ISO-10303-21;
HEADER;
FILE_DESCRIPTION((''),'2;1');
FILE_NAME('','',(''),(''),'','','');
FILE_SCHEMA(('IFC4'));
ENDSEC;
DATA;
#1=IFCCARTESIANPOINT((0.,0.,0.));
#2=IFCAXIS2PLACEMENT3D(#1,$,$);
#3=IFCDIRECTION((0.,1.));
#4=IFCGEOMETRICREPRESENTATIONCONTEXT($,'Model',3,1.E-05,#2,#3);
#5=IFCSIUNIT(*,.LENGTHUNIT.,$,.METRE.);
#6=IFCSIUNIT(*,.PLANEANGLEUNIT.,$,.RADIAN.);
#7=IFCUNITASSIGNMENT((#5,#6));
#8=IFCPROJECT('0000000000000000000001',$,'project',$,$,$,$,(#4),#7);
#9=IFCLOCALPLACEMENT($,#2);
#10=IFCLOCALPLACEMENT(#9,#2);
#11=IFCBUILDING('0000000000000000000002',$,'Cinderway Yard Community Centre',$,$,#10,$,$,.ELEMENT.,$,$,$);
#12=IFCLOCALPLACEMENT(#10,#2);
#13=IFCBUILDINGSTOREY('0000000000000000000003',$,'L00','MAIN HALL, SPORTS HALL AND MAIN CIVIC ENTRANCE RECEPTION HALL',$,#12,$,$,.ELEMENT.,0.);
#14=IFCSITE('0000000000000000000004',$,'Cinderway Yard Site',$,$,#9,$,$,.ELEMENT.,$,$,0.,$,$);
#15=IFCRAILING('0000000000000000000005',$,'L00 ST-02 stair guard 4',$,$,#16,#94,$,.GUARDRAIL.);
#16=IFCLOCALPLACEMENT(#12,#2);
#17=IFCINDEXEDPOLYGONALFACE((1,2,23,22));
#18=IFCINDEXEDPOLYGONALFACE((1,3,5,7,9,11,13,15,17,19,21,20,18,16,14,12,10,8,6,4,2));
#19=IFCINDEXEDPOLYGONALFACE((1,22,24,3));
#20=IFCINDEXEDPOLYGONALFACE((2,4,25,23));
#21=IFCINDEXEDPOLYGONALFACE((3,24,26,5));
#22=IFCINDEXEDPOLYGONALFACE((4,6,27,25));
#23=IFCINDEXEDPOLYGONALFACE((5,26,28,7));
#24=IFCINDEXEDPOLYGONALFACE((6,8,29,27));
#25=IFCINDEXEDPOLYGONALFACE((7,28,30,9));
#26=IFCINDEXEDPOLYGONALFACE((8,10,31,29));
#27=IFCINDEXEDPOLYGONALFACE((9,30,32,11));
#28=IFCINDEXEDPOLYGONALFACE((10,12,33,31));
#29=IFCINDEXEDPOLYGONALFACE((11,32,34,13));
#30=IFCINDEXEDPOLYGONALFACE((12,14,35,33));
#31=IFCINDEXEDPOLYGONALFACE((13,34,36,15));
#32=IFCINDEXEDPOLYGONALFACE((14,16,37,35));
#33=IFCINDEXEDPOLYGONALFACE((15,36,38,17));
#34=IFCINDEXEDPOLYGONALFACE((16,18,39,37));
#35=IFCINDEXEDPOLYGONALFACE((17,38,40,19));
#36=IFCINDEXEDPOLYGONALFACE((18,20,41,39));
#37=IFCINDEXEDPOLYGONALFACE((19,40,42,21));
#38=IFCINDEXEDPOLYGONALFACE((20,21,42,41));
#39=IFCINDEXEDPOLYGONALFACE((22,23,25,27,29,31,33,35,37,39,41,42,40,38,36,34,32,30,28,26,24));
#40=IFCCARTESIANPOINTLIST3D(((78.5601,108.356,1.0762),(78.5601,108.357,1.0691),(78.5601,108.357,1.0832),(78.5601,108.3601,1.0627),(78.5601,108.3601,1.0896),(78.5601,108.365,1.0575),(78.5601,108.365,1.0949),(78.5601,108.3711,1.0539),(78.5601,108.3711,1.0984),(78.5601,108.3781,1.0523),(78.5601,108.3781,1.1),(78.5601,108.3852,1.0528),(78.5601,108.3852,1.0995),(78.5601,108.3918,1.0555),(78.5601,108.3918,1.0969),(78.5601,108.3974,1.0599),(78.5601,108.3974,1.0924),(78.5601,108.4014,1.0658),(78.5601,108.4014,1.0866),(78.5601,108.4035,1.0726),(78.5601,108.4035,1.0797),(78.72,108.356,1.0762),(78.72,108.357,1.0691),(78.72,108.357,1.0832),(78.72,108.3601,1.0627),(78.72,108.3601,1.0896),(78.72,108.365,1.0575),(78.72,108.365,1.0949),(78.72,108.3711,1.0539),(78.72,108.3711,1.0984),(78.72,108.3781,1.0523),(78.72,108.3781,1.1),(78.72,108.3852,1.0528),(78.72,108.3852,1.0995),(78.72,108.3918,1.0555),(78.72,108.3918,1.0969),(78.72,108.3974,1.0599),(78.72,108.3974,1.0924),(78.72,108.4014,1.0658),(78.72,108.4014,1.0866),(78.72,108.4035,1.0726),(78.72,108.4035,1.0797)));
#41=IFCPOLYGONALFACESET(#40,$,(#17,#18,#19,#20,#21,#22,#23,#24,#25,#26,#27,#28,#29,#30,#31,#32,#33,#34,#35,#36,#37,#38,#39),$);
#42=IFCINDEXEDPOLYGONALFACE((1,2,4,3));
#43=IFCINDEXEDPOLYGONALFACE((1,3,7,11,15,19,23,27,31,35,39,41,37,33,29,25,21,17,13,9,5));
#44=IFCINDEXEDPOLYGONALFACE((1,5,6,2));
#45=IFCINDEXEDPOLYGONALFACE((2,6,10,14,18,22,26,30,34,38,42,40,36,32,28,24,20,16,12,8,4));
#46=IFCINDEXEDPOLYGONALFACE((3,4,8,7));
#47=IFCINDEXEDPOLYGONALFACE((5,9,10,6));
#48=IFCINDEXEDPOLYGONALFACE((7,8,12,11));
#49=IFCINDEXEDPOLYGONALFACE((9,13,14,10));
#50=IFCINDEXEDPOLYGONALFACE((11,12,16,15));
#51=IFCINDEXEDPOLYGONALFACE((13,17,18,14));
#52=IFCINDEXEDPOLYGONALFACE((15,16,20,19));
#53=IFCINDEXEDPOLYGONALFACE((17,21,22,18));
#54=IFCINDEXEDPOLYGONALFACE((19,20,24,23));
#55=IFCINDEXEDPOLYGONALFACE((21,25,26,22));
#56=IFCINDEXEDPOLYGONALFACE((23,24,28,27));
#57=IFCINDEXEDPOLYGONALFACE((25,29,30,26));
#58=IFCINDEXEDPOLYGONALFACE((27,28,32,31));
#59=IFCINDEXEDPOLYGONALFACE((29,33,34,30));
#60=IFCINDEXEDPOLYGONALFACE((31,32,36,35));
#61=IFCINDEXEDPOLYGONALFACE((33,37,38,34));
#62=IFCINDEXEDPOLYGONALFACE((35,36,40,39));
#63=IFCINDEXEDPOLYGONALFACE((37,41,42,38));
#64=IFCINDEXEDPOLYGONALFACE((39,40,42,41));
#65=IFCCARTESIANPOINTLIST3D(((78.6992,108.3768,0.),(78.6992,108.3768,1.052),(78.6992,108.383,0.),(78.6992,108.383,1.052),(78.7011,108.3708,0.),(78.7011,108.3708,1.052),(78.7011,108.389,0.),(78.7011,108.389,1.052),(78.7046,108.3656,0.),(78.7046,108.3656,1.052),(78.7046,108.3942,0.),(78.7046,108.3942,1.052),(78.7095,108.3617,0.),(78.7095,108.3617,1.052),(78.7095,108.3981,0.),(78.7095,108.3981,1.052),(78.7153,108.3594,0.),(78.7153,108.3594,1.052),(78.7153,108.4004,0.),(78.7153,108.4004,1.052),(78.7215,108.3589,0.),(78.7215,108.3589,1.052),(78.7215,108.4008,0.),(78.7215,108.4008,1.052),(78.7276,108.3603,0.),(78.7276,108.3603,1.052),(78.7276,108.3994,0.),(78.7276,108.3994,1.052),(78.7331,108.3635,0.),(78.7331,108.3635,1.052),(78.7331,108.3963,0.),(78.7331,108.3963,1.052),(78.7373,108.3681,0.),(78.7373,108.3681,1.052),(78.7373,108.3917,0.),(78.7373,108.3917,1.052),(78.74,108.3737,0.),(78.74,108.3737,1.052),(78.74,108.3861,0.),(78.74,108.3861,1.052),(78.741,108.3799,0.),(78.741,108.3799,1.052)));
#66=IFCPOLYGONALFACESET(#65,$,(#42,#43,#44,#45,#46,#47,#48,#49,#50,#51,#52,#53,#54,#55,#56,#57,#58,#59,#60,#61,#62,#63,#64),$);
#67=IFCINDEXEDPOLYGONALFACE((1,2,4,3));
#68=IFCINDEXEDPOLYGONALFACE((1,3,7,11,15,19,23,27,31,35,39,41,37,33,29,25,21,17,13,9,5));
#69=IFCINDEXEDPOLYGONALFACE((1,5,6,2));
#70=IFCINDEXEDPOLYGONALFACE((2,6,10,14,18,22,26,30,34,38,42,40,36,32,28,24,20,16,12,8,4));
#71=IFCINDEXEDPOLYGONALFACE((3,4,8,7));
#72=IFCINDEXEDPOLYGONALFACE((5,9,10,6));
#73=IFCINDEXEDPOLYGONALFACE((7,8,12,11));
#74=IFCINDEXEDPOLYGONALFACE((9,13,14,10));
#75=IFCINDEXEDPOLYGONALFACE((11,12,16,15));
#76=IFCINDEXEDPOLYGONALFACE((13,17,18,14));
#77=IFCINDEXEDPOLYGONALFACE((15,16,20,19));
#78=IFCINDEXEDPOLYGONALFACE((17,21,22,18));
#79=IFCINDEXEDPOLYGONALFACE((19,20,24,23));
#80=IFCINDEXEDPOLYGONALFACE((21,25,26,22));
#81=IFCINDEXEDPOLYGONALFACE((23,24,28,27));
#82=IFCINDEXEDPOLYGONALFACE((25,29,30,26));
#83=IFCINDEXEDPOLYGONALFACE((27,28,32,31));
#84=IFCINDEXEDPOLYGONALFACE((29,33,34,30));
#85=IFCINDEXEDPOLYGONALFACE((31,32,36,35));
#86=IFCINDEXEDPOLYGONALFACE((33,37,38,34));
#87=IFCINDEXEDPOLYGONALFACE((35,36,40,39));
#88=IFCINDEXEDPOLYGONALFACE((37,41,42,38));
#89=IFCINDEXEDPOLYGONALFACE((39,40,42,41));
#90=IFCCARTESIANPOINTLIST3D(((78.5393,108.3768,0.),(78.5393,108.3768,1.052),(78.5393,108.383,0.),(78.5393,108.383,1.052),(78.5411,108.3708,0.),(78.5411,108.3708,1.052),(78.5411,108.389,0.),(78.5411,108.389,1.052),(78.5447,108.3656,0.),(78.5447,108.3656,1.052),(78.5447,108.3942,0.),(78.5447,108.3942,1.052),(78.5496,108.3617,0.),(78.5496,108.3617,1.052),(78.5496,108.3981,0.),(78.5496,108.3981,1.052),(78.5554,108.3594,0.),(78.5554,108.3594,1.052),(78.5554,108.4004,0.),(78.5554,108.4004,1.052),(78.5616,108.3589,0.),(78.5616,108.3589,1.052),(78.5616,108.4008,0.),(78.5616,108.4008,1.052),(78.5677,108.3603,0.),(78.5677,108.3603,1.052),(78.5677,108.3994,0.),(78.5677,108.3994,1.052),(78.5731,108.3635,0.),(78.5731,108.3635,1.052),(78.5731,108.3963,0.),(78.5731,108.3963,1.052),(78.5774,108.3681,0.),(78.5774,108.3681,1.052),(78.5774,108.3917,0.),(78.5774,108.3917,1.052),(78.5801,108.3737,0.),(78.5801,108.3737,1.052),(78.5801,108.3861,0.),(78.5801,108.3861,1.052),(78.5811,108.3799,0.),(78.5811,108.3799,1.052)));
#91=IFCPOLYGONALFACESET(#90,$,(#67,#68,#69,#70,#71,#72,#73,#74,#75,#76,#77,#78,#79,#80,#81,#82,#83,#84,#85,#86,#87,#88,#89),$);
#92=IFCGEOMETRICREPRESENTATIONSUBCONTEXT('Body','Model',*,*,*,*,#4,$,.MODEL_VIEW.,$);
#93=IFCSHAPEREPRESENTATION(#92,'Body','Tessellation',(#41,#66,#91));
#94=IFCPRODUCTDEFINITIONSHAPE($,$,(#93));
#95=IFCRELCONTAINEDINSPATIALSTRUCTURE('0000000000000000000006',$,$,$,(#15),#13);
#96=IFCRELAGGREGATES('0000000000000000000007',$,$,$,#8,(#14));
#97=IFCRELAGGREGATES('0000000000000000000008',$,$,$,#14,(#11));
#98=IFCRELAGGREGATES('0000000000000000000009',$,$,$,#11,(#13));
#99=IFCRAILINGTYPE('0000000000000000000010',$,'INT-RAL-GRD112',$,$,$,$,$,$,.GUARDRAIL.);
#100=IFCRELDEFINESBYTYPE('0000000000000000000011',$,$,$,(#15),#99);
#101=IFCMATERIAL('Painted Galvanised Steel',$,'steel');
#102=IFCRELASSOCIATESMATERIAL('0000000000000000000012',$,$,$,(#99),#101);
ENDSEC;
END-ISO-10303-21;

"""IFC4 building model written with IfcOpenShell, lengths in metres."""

from ifc_helpers import new_model, si_unit, direction, frame, origin, origin_2d, place, context, subcontext, project, spatial, circle, extrude, material, type_object, element, save


model = new_model("IFC4")

# Units and contexts
model_context = context("Model", 3, precision=1e-05, world=origin(), true_north=direction((0.0, 1.0)))
body_context = subcontext(model_context, "Body", "Model", "MODEL_VIEW")
ifc_project = project(units=[si_unit("LENGTHUNIT", "METRE"), si_unit("PLANEANGLEUNIT", "RADIAN")], contexts=[model_context])

# Site, building, storey
site_placement = place(None, origin())
site = spatial("IfcSite", under=ifc_project, at=site_placement, Name="Cinderway Yard Site", CompositionType="ELEMENT", RefElevation=0.0)
building_placement = place(site_placement, origin())
building = spatial("IfcBuilding", under=site, at=building_placement, Name="Cinderway Yard Community Centre", CompositionType="ELEMENT")
storey_placement = place(building_placement, origin())
storey = spatial("IfcBuildingStorey", under=building, at=storey_placement, Name="L00", Description="MAIN HALL, SPORTS HALL AND MAIN CIVIC ENTRANCE RECEPTION HALL", CompositionType="ELEMENT", Elevation=0.0)

# Railing
ifc_material_1 = material(Name="Painted Galvanised Steel", Category="steel")
railing_type_1 = type_object("IfcRailingType", Name="INT-RAL-GRD112", PredefinedType="GUARDRAIL", material=ifc_material_1)
railing_1_placement = place(storey_placement, frame((78.72, 108.3799, 0.0)))
element("IfcRailing", 1, at=railing_1_placement, inside=storey, type_object=railing_type_1, Name="L00 ST-02 stair guard 4", PredefinedType="GUARDRAIL", context=body_context, shape_type="SweptSolid", body=[
    extrude(circle(Radius=0.0239, at=origin_2d()), frame((0.0, 0.0, 1.0762), z_axis=(-1.0, 0.0, 0.0), x_axis=(0.0, -1.0, 0.0)), (0.0, 0.0, 1.0), 0.1599),
    extrude(circle(Radius=0.021, at=origin_2d()), origin(), (0.0, 0.0, 1.0), 1.052),
    extrude(circle(Radius=0.021, at=origin_2d()), frame((-0.1599, 0.0, 0.0)), (0.0, 0.0, 1.0), 1.052),
])

save(model, "model.ifc")
